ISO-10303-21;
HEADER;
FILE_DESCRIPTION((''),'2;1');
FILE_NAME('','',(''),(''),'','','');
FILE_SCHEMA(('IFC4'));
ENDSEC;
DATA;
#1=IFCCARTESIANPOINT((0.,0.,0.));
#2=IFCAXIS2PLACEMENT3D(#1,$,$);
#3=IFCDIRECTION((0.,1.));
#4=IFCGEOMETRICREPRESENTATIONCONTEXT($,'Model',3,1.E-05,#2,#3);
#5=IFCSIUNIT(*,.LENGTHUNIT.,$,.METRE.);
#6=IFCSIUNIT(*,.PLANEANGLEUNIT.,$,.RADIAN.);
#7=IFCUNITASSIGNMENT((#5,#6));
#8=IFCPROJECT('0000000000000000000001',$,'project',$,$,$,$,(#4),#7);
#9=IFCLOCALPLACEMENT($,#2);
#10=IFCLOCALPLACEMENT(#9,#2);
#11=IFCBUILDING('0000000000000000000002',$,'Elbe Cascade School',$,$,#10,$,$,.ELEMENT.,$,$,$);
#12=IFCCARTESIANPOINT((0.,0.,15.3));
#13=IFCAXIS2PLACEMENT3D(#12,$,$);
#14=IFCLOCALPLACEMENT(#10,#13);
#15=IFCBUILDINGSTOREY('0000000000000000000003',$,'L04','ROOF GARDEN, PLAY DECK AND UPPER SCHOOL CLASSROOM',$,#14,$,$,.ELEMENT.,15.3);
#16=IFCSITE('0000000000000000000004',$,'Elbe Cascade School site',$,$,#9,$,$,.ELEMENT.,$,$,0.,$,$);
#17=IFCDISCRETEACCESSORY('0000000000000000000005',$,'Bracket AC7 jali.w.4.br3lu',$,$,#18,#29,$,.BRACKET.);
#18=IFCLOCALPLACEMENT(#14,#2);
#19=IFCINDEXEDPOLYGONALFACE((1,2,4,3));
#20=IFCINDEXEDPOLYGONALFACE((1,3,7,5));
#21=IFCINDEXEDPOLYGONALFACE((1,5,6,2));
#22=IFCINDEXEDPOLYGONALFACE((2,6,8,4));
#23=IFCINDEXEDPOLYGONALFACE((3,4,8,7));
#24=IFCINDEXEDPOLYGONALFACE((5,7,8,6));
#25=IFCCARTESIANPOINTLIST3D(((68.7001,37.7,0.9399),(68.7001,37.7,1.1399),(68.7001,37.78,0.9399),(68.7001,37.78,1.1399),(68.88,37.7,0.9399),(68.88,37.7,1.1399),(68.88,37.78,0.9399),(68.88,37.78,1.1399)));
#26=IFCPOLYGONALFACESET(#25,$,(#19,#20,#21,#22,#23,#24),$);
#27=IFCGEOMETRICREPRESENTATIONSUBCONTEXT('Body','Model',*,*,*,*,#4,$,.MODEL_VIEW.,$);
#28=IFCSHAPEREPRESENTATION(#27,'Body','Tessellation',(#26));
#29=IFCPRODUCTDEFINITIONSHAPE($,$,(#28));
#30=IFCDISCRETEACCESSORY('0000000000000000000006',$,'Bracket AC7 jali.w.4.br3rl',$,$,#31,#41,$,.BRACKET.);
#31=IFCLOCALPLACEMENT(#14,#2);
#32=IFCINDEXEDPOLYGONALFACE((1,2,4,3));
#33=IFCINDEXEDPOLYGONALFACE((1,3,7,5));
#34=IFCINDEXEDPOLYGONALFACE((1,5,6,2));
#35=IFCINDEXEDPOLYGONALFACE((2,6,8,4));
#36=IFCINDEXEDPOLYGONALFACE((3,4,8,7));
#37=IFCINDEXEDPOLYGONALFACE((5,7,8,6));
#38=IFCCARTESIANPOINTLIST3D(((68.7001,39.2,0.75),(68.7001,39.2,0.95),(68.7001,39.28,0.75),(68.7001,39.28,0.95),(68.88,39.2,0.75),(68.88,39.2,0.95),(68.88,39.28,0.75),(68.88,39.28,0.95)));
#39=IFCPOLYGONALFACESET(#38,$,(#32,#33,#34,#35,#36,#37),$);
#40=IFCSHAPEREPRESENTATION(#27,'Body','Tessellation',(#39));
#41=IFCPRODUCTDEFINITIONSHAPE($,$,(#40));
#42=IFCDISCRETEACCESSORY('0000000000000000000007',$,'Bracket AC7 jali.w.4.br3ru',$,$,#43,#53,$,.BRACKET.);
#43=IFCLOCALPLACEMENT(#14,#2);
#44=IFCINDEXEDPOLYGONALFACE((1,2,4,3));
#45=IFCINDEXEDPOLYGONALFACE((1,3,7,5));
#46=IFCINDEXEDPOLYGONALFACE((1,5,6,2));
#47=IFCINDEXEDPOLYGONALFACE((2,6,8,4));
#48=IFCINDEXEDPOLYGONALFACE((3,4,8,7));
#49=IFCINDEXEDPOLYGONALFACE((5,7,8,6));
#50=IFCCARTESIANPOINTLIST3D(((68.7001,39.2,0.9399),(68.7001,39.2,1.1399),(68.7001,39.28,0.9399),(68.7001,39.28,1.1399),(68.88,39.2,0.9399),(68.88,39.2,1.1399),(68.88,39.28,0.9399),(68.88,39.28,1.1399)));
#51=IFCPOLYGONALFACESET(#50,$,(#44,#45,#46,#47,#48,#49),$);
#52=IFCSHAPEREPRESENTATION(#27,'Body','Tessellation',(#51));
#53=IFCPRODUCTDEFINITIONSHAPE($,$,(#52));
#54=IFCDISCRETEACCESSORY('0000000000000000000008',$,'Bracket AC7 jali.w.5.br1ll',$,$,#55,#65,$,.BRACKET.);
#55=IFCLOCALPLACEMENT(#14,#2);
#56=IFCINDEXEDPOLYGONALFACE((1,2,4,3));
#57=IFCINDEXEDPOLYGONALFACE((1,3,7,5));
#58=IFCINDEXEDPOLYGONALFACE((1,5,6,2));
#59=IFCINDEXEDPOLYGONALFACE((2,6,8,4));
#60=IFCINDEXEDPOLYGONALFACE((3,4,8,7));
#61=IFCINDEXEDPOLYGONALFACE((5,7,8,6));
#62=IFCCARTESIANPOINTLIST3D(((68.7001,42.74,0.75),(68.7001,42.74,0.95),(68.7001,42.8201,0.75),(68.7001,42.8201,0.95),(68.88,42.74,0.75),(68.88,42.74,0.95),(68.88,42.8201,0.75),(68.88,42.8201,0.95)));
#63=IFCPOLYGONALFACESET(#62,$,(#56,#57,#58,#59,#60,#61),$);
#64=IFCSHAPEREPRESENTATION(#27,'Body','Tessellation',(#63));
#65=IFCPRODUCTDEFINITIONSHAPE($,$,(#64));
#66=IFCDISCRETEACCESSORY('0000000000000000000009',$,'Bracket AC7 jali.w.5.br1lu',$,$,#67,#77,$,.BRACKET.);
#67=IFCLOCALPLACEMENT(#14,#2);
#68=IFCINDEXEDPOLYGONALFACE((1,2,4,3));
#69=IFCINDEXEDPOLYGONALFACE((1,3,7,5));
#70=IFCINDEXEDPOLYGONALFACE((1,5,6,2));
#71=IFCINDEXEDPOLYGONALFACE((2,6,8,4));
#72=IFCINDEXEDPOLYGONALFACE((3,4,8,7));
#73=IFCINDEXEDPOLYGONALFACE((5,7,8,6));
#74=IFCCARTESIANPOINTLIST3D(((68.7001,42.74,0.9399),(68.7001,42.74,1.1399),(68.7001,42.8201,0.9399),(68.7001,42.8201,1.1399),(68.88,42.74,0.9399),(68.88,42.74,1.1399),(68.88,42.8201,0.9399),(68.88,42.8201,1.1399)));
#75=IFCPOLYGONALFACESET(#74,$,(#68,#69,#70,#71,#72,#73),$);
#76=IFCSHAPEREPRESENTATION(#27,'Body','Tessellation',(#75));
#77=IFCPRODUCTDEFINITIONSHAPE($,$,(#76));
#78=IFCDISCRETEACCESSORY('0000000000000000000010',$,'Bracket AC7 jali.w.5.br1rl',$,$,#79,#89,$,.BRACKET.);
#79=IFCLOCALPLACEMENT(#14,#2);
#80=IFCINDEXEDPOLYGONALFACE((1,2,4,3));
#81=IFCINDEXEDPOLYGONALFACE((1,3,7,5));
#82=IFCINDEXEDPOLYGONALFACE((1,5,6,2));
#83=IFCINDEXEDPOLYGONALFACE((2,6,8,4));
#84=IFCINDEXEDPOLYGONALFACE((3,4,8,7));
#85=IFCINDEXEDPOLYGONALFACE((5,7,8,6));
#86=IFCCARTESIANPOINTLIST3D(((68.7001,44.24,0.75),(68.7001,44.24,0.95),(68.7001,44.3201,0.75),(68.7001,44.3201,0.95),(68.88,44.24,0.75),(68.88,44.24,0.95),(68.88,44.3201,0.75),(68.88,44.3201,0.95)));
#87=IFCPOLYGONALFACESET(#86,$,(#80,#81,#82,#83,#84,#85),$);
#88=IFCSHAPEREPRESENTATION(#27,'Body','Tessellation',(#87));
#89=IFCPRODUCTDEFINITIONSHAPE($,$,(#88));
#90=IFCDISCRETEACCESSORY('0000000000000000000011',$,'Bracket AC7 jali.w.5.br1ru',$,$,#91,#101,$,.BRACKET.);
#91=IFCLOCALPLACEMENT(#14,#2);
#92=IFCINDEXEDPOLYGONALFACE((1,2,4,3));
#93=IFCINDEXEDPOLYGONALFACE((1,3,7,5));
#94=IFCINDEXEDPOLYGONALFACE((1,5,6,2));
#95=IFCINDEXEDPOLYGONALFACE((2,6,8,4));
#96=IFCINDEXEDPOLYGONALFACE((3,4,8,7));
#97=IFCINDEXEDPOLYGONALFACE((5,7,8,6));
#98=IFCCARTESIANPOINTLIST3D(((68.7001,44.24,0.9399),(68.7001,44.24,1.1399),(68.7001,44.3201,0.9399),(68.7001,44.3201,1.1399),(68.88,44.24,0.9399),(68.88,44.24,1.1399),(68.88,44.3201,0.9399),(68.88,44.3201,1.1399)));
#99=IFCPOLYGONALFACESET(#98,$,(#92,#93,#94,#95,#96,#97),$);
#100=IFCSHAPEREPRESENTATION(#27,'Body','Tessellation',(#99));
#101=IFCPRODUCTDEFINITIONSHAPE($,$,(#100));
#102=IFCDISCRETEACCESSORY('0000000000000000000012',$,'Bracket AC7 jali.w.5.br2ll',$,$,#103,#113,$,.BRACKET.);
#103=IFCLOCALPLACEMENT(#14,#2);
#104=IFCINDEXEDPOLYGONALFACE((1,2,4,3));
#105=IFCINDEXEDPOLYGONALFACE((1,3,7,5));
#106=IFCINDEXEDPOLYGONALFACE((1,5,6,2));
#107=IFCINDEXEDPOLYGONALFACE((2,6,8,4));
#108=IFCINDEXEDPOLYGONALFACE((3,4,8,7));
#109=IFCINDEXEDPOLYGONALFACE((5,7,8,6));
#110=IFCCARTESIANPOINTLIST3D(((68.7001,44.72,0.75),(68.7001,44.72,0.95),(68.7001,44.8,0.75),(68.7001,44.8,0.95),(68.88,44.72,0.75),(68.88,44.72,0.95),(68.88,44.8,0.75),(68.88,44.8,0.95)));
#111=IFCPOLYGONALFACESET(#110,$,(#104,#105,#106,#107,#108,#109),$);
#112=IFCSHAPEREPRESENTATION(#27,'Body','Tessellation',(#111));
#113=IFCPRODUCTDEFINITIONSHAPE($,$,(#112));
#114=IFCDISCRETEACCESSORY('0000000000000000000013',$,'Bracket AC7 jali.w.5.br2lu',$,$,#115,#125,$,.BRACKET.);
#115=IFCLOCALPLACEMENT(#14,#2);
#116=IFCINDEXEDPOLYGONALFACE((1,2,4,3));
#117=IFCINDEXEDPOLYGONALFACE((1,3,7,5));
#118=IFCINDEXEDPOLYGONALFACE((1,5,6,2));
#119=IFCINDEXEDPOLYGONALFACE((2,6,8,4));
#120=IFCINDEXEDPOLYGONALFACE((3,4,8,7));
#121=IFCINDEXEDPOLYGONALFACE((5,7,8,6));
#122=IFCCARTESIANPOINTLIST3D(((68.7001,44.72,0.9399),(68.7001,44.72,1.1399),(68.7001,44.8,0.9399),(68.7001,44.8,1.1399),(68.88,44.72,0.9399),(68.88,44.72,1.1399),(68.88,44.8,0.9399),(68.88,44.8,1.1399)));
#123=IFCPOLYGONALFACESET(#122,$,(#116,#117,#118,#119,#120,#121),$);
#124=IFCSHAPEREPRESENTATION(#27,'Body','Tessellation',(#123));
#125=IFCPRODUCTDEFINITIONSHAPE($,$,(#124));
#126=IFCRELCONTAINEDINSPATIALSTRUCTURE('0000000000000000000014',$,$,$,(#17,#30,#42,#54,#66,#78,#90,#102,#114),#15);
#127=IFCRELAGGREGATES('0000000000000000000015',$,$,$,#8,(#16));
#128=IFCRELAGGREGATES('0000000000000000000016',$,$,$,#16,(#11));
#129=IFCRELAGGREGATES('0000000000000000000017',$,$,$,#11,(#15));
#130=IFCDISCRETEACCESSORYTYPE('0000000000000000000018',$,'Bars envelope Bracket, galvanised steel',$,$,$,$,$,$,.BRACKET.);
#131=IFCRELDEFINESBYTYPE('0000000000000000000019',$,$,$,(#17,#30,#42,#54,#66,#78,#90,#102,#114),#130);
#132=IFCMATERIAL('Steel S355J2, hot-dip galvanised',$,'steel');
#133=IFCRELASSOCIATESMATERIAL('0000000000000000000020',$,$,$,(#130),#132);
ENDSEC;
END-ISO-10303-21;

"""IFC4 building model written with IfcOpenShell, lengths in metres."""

from ifc_helpers import new_model, si_unit, direction, frame, origin, origin_2d, place, context, subcontext, project, spatial, rectangle, extrude, material, type_object, element, save


model = new_model("IFC4")

# Units and contexts
model_context = context("Model", 3, precision=1e-05, world=origin(), true_north=direction((0.0, 1.0)))
body_context = subcontext(model_context, "Body", "Model", "MODEL_VIEW")
ifc_project = project(units=[si_unit("LENGTHUNIT", "METRE"), si_unit("PLANEANGLEUNIT", "RADIAN")], contexts=[model_context])

# Site, building, storey
site_placement = place(None, origin())
site = spatial("IfcSite", under=ifc_project, at=site_placement, Name="Elbe Cascade School site", CompositionType="ELEMENT", RefElevation=0.0)
building_placement = place(site_placement, origin())
building = spatial("IfcBuilding", under=site, at=building_placement, Name="Elbe Cascade School", CompositionType="ELEMENT")
storey_placement = place(building_placement, frame((0.0, 0.0, 15.3)))
storey = spatial("IfcBuildingStorey", under=building, at=storey_placement, Name="L04", Description="ROOF GARDEN, PLAY DECK AND UPPER SCHOOL CLASSROOM", CompositionType="ELEMENT", Elevation=15.3)

# Discrete accessories
ifc_material_1 = material(Name="Steel S355J2, hot-dip galvanised", Category="steel")
discrete_accessory_type = type_object("IfcDiscreteAccessoryType", Name="Bars envelope Bracket, galvanised steel", PredefinedType="BRACKET", material=ifc_material_1)
for number, where, z_axis, x_axis, name in (
    (1, (68.79, 37.74, 0.9399), (0.0, 0.0, 1.0), (0.0, 1.0, 0.0), "Bracket AC7 jali.w.4.br3lu"),
    (2, (68.79, 39.24, 0.75), (0.0, 0.0, 1.0), (0.0, 1.0, 0.0), "Bracket AC7 jali.w.4.br3rl"),
    (3, (68.79, 39.24, 0.9399), (0.0, 0.0, 1.0), (0.0, 1.0, 0.0), "Bracket AC7 jali.w.4.br3ru"),
    (4, (68.79, 42.78, 0.75), (0.0, 0.0, 1.0), (0.0, 1.0, 0.0), "Bracket AC7 jali.w.5.br1ll"),
    (5, (68.79, 42.78, 0.9399), (0.0, 0.0, 1.0), (0.0, 1.0, 0.0), "Bracket AC7 jali.w.5.br1lu"),
    (6, (68.79, 44.28, 0.75), (0.0, 0.0, 1.0), (0.0, 1.0, 0.0), "Bracket AC7 jali.w.5.br1rl"),
    (7, (68.79, 44.28, 0.9399), (0.0, 0.0, 1.0), (0.0, 1.0, 0.0), "Bracket AC7 jali.w.5.br1ru"),
    (8, (68.79, 44.76, 0.75), (0.0, 0.0, 1.0), (0.0, 1.0, 0.0), "Bracket AC7 jali.w.5.br2ll"),
    (9, (68.79, 44.76, 0.9399), (0.0, 0.0, 1.0), (0.0, 1.0, 0.0), "Bracket AC7 jali.w.5.br2lu"),
):
    element("IfcDiscreteAccessory", number, at=place(storey_placement, frame(where, z_axis=z_axis, x_axis=x_axis)), inside=storey, type_object=discrete_accessory_type, Name=name, PredefinedType="BRACKET", context=body_context, shape_type="SweptSolid", body=[
        extrude(rectangle(XDim=0.0801, YDim=0.1799, at=origin_2d()), origin(), (0.0, 0.0, 1.0), 0.2),
    ])

save(model, "model.ifc")
